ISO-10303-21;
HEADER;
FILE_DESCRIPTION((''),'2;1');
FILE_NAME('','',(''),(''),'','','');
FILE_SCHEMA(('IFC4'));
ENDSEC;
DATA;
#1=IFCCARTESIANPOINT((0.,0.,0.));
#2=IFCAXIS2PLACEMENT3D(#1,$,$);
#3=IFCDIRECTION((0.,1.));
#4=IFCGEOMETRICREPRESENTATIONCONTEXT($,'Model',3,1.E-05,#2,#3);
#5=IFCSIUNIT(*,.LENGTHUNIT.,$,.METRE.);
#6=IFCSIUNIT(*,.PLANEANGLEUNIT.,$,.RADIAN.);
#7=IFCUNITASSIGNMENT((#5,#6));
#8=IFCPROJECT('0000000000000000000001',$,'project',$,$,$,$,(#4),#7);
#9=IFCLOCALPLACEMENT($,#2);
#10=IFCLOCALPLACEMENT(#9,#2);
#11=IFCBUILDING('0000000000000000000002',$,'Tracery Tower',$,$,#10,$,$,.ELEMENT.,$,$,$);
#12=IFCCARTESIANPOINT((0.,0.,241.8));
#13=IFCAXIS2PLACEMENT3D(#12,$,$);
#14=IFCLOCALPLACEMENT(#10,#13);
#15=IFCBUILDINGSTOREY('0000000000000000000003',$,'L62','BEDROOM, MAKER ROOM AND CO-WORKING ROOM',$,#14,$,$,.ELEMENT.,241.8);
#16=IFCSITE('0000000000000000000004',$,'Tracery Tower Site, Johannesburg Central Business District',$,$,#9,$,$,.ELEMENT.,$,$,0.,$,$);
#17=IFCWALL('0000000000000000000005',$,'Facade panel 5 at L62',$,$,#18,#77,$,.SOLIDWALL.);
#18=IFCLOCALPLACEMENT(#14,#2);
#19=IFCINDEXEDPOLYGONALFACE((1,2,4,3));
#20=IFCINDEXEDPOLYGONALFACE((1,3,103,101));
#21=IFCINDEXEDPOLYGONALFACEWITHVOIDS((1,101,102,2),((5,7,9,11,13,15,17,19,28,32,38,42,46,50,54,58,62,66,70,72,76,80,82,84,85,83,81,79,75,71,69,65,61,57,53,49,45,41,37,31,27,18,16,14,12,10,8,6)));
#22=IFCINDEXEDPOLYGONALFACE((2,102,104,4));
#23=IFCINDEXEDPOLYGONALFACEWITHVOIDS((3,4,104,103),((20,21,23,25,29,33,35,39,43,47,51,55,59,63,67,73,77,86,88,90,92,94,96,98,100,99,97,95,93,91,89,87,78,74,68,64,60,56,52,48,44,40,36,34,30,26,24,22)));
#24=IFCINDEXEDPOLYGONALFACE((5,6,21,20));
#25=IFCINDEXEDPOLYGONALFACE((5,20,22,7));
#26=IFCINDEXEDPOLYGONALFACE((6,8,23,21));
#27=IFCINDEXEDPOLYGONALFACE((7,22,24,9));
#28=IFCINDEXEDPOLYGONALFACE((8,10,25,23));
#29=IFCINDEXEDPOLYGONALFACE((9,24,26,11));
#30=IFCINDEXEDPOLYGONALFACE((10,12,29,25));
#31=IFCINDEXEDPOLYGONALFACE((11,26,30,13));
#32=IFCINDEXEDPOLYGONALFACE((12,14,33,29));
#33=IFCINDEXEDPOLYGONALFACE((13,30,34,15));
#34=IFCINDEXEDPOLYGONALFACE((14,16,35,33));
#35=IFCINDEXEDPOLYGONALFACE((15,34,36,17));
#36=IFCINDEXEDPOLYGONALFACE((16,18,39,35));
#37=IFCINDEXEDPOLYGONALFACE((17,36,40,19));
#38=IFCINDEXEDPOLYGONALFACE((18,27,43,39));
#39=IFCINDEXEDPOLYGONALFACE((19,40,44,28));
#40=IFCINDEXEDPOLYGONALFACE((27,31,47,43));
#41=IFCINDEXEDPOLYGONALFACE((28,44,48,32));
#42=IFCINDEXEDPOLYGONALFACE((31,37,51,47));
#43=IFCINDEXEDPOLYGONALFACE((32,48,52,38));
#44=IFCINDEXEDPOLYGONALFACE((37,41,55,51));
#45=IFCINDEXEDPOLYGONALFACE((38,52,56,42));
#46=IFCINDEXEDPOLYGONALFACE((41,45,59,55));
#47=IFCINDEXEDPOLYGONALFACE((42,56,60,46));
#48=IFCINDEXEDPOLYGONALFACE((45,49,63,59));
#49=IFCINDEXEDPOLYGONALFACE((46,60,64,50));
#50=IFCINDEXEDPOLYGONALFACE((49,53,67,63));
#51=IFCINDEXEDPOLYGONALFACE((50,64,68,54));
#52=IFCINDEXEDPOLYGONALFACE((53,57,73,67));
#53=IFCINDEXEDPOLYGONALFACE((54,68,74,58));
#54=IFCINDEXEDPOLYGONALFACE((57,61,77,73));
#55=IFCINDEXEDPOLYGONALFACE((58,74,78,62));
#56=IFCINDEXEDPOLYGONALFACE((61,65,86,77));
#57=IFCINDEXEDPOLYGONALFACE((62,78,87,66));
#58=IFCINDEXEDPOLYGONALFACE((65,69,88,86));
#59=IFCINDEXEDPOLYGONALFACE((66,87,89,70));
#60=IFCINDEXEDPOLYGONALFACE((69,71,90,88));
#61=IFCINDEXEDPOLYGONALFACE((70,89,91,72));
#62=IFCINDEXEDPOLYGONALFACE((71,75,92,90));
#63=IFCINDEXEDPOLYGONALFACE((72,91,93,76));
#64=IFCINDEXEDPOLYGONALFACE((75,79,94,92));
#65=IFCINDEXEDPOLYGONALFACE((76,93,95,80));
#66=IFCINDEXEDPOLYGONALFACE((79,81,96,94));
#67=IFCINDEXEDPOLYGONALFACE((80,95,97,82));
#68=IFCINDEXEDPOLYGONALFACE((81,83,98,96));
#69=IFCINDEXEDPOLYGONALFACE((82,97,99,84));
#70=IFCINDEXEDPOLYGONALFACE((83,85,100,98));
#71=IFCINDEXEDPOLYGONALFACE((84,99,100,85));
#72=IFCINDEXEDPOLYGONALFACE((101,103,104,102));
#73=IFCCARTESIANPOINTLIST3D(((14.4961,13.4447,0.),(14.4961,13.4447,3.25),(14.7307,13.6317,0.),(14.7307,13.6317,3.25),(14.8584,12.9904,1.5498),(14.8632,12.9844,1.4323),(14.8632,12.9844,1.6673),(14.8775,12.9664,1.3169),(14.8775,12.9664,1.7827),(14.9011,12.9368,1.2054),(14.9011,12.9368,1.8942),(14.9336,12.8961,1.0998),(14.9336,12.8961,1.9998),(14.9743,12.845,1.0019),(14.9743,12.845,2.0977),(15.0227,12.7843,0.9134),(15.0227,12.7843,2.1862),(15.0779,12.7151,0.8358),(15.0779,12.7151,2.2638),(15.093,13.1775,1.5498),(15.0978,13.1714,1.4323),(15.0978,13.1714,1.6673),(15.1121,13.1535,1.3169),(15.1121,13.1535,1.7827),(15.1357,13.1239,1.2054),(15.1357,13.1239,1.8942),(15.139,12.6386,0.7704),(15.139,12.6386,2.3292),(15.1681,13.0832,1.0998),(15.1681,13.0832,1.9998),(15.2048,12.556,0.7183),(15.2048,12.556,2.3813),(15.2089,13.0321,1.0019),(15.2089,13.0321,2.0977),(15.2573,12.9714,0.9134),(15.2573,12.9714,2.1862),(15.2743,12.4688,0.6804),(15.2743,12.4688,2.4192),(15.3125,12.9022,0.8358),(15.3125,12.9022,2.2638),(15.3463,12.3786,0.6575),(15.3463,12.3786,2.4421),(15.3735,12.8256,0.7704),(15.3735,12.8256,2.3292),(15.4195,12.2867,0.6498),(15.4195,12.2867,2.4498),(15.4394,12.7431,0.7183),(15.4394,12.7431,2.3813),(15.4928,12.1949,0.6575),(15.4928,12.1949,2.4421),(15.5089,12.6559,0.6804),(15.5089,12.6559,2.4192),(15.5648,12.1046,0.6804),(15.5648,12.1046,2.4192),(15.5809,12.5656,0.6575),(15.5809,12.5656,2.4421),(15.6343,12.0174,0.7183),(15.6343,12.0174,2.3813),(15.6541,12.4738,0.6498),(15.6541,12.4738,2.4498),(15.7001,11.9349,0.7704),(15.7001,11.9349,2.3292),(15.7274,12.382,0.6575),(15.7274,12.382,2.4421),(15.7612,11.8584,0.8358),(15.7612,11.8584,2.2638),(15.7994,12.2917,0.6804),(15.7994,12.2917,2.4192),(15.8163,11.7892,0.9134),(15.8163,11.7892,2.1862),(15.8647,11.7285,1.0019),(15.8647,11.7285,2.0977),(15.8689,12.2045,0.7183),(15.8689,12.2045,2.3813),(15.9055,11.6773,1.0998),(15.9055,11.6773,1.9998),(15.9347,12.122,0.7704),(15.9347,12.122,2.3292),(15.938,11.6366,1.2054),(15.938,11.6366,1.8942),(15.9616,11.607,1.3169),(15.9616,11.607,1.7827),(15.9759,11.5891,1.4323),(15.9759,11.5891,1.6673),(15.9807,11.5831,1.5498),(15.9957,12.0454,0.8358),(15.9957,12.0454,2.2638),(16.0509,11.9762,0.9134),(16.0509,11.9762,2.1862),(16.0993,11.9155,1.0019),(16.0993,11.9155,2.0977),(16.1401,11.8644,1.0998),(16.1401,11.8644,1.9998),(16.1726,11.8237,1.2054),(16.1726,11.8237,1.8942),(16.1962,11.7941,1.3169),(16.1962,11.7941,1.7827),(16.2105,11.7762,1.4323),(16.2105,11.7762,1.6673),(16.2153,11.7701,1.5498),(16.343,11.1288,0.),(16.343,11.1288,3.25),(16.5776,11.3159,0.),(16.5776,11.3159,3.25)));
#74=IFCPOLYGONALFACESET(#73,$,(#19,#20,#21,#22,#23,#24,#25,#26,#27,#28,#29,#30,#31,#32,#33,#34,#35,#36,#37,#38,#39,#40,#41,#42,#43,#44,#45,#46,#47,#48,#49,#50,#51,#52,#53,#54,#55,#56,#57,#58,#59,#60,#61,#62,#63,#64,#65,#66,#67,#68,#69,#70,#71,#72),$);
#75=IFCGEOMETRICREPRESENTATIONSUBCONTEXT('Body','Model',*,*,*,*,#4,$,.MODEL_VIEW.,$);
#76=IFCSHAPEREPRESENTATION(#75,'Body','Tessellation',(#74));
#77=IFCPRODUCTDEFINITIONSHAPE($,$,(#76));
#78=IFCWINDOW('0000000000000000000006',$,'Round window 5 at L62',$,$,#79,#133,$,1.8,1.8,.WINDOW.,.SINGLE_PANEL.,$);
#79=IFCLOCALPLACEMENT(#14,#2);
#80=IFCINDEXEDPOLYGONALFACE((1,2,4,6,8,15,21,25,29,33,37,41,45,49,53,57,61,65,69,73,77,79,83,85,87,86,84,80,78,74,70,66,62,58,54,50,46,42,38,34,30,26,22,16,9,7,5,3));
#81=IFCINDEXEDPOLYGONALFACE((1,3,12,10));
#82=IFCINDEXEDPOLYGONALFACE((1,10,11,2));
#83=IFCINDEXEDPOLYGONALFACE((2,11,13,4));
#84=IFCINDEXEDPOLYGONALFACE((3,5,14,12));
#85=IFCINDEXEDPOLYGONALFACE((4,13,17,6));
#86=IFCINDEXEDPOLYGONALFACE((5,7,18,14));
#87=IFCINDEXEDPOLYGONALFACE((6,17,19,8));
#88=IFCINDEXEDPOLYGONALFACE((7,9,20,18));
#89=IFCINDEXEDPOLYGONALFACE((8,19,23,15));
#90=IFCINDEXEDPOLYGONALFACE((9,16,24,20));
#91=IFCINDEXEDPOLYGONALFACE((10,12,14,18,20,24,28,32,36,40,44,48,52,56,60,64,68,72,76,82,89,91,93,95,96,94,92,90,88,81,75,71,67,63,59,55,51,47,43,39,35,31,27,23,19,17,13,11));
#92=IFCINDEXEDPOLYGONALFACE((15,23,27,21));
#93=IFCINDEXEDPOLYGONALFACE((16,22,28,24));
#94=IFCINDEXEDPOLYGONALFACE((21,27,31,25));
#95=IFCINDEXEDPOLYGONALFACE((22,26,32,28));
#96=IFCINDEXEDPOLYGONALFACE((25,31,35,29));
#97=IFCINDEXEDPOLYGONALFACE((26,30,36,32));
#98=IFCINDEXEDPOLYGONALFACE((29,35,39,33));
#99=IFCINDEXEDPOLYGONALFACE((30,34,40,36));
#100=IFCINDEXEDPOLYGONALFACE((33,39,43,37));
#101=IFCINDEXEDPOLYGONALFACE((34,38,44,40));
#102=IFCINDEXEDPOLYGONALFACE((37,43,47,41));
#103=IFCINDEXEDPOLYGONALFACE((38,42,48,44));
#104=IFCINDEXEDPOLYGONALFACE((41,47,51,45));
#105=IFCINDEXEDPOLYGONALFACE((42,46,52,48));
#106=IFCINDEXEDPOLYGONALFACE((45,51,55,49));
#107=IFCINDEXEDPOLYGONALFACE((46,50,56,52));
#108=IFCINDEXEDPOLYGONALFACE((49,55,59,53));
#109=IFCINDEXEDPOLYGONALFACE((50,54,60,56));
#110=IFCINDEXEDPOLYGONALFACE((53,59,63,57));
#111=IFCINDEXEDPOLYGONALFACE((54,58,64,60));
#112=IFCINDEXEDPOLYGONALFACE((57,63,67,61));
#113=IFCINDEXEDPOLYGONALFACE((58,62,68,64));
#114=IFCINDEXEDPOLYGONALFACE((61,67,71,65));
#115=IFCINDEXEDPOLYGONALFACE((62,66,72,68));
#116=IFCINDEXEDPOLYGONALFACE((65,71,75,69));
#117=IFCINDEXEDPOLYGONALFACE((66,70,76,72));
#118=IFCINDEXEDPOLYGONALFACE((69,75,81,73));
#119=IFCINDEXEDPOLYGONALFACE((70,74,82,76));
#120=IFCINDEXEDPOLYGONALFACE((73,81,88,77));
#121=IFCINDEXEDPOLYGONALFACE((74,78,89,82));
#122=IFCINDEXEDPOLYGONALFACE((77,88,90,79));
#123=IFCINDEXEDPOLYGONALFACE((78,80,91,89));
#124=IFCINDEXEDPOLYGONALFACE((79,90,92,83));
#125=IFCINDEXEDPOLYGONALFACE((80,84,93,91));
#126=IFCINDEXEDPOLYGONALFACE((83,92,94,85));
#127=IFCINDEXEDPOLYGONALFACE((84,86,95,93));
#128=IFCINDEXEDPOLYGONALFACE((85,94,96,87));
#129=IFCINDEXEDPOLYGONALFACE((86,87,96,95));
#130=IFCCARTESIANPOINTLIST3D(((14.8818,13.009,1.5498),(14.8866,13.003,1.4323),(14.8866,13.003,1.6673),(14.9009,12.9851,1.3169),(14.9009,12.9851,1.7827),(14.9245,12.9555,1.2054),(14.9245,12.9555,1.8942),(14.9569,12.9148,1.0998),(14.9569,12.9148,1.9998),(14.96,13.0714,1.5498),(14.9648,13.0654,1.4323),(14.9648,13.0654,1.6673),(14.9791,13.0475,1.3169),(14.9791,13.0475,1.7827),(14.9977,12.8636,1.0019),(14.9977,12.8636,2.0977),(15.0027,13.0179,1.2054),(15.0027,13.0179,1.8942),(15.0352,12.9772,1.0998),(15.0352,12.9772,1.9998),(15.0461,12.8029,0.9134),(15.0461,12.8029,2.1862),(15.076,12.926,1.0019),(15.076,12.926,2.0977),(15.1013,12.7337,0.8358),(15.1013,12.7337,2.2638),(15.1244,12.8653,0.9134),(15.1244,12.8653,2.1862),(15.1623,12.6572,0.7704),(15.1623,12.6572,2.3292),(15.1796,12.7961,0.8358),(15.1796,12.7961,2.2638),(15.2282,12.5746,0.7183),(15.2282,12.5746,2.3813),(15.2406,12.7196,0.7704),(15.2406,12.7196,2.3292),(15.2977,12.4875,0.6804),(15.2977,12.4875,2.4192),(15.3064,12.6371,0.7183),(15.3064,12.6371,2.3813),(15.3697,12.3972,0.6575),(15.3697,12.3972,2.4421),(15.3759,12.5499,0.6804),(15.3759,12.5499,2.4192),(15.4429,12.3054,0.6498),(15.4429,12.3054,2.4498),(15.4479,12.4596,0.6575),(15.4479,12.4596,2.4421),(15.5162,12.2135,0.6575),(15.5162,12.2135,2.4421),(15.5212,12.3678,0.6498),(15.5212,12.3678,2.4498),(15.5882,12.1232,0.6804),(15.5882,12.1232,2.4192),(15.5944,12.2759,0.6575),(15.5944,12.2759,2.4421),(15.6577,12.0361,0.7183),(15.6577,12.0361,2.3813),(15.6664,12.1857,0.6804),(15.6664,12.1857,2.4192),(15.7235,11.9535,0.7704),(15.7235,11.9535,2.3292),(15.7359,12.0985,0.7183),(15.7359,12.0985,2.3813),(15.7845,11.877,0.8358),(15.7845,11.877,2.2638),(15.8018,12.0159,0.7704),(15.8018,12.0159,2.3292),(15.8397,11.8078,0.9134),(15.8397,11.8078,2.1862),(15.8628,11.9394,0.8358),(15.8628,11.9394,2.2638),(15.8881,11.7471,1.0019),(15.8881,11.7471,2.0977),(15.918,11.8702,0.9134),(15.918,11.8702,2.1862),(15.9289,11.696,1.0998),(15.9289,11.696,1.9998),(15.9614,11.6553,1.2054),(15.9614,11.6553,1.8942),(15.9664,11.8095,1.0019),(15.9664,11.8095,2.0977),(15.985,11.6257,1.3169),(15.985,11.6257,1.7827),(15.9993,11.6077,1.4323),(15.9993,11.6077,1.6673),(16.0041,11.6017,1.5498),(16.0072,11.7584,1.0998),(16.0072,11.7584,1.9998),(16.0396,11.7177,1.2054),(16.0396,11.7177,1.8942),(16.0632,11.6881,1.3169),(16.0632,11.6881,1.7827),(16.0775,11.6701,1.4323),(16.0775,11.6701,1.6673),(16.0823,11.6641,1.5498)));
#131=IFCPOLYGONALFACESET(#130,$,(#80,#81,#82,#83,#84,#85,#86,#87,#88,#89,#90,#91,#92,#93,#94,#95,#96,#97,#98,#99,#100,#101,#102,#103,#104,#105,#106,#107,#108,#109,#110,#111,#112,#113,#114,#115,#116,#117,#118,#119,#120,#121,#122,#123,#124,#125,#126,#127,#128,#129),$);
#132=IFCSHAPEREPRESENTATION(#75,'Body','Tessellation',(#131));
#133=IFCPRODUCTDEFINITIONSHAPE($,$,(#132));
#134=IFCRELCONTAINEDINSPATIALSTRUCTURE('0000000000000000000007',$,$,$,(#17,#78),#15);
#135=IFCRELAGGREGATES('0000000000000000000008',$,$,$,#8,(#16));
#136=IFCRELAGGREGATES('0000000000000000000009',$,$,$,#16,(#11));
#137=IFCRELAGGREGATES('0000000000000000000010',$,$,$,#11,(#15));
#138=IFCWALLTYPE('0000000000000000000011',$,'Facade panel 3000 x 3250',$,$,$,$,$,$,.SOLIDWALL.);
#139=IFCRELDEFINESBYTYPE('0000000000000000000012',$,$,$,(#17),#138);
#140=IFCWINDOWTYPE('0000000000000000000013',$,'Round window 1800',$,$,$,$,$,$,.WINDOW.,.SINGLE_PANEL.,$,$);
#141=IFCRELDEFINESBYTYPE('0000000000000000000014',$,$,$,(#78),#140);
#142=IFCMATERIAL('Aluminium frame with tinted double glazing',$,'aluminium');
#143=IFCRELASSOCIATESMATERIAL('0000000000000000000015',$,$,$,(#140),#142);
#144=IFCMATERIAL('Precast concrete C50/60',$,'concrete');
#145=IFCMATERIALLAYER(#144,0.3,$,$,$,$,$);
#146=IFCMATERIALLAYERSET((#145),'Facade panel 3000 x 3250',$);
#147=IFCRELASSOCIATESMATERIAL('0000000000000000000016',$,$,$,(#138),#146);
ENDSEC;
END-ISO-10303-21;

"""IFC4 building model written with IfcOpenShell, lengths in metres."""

from ifc_helpers import new_model, si_unit, direction, frame, frame_2d, origin, origin_2d, place, context, subcontext, project, spatial, rectangle, circle, extrude, material, layer, layer_set, type_object, element, fill, save


model = new_model("IFC4")

# Units and contexts
model_context = context("Model", 3, precision=1e-05, world=origin(), true_north=direction((0.0, 1.0)))
body_context = subcontext(model_context, "Body", "Model", "MODEL_VIEW")
ifc_project = project(units=[si_unit("LENGTHUNIT", "METRE"), si_unit("PLANEANGLEUNIT", "RADIAN")], contexts=[model_context])

# Site, building, storey
site_placement = place(None, origin())
site = spatial("IfcSite", under=ifc_project, at=site_placement, Name="Tracery Tower Site, Johannesburg Central Business District", CompositionType="ELEMENT", RefElevation=0.0)
building_placement = place(site_placement, origin())
building = spatial("IfcBuilding", under=site, at=building_placement, Name="Tracery Tower", CompositionType="ELEMENT")
storey_placement = place(building_placement, frame((0.0, 0.0, 241.8)))
storey = spatial("IfcBuildingStorey", under=building, at=storey_placement, Name="L62", Description="BEDROOM, MAKER ROOM AND CO-WORKING ROOM", CompositionType="ELEMENT", Elevation=241.8)

# Wall, opening, window
ifc_material_1 = material(Name="Aluminium frame with tinted double glazing", Category="aluminium")
window_type = type_object("IfcWindowType", Name="Round window 1800", PartitioningType="SINGLE_PANEL", PredefinedType="WINDOW", material=ifc_material_1)
ifc_material_2 = material(Name="Precast concrete C50/60", Category="concrete")
ifc_layer_1 = layer(ifc_material_2, 0.3)
ifc_layer_set_1 = layer_set([ifc_layer_1], Name="Facade panel 3000 x 3250")
wall_type_1 = type_object("IfcWallType", Name="Facade panel 3000 x 3250", PredefinedType="SOLIDWALL", material=ifc_layer_set_1)
wall_1_placement = place(storey_placement, frame((16.4602, 11.2224, 0.0), z_axis=(0.0, 0.0, 1.0), x_axis=(-0.623498, 0.781825, 0.0)))
wall_1 = element("IfcWall", 1, at=wall_1_placement, inside=storey, type_object=wall_type_1, Name="Facade panel 5 at L62", PredefinedType="SOLIDWALL", context=body_context, shape_type="SweptSolid", body=[
    extrude(rectangle(XDim=2.9622, YDim=0.3, at=frame_2d((1.481, 0.0))), origin(), (0.0, 0.0, 1.0), 3.25),
])
opening_1_placement = place(wall_1_placement, frame((1.481, 0.0, 1.5498)))
opening_1 = element("IfcOpeningElement", 2, at=opening_1_placement, cuts=wall_1, PredefinedType="OPENING", context=body_context, shape_type="SweptSolid", body=[
    extrude(circle(Radius=0.9, at=origin_2d()), frame((0.0, 0.1599, 0.0), z_axis=(0.0, -1.0, 0.0), x_axis=(1.0, 0.0, 0.0)), (0.0, 0.0, 1.0), 0.3201),
])
window_1_placement = place(opening_1_placement, origin())
window_1 = element("IfcWindow", 3, at=window_1_placement, inside=storey, type_object=window_type, Name="Round window 5 at L62", OverallHeight=1.8, OverallWidth=1.8, PartitioningType="SINGLE_PANEL", PredefinedType="WINDOW", context=body_context, shape_type="SweptSolid", body=[
    extrude(circle(Radius=0.9, at=origin_2d()), frame((0.0, 0.1201, 0.0), z_axis=(0.0, -1.0, 0.0), x_axis=(1.0, 0.0, 0.0)), (0.0, 0.0, 1.0), 0.1001),
])
fill(opening_1, window_1)

save(model, "model.ifc")
